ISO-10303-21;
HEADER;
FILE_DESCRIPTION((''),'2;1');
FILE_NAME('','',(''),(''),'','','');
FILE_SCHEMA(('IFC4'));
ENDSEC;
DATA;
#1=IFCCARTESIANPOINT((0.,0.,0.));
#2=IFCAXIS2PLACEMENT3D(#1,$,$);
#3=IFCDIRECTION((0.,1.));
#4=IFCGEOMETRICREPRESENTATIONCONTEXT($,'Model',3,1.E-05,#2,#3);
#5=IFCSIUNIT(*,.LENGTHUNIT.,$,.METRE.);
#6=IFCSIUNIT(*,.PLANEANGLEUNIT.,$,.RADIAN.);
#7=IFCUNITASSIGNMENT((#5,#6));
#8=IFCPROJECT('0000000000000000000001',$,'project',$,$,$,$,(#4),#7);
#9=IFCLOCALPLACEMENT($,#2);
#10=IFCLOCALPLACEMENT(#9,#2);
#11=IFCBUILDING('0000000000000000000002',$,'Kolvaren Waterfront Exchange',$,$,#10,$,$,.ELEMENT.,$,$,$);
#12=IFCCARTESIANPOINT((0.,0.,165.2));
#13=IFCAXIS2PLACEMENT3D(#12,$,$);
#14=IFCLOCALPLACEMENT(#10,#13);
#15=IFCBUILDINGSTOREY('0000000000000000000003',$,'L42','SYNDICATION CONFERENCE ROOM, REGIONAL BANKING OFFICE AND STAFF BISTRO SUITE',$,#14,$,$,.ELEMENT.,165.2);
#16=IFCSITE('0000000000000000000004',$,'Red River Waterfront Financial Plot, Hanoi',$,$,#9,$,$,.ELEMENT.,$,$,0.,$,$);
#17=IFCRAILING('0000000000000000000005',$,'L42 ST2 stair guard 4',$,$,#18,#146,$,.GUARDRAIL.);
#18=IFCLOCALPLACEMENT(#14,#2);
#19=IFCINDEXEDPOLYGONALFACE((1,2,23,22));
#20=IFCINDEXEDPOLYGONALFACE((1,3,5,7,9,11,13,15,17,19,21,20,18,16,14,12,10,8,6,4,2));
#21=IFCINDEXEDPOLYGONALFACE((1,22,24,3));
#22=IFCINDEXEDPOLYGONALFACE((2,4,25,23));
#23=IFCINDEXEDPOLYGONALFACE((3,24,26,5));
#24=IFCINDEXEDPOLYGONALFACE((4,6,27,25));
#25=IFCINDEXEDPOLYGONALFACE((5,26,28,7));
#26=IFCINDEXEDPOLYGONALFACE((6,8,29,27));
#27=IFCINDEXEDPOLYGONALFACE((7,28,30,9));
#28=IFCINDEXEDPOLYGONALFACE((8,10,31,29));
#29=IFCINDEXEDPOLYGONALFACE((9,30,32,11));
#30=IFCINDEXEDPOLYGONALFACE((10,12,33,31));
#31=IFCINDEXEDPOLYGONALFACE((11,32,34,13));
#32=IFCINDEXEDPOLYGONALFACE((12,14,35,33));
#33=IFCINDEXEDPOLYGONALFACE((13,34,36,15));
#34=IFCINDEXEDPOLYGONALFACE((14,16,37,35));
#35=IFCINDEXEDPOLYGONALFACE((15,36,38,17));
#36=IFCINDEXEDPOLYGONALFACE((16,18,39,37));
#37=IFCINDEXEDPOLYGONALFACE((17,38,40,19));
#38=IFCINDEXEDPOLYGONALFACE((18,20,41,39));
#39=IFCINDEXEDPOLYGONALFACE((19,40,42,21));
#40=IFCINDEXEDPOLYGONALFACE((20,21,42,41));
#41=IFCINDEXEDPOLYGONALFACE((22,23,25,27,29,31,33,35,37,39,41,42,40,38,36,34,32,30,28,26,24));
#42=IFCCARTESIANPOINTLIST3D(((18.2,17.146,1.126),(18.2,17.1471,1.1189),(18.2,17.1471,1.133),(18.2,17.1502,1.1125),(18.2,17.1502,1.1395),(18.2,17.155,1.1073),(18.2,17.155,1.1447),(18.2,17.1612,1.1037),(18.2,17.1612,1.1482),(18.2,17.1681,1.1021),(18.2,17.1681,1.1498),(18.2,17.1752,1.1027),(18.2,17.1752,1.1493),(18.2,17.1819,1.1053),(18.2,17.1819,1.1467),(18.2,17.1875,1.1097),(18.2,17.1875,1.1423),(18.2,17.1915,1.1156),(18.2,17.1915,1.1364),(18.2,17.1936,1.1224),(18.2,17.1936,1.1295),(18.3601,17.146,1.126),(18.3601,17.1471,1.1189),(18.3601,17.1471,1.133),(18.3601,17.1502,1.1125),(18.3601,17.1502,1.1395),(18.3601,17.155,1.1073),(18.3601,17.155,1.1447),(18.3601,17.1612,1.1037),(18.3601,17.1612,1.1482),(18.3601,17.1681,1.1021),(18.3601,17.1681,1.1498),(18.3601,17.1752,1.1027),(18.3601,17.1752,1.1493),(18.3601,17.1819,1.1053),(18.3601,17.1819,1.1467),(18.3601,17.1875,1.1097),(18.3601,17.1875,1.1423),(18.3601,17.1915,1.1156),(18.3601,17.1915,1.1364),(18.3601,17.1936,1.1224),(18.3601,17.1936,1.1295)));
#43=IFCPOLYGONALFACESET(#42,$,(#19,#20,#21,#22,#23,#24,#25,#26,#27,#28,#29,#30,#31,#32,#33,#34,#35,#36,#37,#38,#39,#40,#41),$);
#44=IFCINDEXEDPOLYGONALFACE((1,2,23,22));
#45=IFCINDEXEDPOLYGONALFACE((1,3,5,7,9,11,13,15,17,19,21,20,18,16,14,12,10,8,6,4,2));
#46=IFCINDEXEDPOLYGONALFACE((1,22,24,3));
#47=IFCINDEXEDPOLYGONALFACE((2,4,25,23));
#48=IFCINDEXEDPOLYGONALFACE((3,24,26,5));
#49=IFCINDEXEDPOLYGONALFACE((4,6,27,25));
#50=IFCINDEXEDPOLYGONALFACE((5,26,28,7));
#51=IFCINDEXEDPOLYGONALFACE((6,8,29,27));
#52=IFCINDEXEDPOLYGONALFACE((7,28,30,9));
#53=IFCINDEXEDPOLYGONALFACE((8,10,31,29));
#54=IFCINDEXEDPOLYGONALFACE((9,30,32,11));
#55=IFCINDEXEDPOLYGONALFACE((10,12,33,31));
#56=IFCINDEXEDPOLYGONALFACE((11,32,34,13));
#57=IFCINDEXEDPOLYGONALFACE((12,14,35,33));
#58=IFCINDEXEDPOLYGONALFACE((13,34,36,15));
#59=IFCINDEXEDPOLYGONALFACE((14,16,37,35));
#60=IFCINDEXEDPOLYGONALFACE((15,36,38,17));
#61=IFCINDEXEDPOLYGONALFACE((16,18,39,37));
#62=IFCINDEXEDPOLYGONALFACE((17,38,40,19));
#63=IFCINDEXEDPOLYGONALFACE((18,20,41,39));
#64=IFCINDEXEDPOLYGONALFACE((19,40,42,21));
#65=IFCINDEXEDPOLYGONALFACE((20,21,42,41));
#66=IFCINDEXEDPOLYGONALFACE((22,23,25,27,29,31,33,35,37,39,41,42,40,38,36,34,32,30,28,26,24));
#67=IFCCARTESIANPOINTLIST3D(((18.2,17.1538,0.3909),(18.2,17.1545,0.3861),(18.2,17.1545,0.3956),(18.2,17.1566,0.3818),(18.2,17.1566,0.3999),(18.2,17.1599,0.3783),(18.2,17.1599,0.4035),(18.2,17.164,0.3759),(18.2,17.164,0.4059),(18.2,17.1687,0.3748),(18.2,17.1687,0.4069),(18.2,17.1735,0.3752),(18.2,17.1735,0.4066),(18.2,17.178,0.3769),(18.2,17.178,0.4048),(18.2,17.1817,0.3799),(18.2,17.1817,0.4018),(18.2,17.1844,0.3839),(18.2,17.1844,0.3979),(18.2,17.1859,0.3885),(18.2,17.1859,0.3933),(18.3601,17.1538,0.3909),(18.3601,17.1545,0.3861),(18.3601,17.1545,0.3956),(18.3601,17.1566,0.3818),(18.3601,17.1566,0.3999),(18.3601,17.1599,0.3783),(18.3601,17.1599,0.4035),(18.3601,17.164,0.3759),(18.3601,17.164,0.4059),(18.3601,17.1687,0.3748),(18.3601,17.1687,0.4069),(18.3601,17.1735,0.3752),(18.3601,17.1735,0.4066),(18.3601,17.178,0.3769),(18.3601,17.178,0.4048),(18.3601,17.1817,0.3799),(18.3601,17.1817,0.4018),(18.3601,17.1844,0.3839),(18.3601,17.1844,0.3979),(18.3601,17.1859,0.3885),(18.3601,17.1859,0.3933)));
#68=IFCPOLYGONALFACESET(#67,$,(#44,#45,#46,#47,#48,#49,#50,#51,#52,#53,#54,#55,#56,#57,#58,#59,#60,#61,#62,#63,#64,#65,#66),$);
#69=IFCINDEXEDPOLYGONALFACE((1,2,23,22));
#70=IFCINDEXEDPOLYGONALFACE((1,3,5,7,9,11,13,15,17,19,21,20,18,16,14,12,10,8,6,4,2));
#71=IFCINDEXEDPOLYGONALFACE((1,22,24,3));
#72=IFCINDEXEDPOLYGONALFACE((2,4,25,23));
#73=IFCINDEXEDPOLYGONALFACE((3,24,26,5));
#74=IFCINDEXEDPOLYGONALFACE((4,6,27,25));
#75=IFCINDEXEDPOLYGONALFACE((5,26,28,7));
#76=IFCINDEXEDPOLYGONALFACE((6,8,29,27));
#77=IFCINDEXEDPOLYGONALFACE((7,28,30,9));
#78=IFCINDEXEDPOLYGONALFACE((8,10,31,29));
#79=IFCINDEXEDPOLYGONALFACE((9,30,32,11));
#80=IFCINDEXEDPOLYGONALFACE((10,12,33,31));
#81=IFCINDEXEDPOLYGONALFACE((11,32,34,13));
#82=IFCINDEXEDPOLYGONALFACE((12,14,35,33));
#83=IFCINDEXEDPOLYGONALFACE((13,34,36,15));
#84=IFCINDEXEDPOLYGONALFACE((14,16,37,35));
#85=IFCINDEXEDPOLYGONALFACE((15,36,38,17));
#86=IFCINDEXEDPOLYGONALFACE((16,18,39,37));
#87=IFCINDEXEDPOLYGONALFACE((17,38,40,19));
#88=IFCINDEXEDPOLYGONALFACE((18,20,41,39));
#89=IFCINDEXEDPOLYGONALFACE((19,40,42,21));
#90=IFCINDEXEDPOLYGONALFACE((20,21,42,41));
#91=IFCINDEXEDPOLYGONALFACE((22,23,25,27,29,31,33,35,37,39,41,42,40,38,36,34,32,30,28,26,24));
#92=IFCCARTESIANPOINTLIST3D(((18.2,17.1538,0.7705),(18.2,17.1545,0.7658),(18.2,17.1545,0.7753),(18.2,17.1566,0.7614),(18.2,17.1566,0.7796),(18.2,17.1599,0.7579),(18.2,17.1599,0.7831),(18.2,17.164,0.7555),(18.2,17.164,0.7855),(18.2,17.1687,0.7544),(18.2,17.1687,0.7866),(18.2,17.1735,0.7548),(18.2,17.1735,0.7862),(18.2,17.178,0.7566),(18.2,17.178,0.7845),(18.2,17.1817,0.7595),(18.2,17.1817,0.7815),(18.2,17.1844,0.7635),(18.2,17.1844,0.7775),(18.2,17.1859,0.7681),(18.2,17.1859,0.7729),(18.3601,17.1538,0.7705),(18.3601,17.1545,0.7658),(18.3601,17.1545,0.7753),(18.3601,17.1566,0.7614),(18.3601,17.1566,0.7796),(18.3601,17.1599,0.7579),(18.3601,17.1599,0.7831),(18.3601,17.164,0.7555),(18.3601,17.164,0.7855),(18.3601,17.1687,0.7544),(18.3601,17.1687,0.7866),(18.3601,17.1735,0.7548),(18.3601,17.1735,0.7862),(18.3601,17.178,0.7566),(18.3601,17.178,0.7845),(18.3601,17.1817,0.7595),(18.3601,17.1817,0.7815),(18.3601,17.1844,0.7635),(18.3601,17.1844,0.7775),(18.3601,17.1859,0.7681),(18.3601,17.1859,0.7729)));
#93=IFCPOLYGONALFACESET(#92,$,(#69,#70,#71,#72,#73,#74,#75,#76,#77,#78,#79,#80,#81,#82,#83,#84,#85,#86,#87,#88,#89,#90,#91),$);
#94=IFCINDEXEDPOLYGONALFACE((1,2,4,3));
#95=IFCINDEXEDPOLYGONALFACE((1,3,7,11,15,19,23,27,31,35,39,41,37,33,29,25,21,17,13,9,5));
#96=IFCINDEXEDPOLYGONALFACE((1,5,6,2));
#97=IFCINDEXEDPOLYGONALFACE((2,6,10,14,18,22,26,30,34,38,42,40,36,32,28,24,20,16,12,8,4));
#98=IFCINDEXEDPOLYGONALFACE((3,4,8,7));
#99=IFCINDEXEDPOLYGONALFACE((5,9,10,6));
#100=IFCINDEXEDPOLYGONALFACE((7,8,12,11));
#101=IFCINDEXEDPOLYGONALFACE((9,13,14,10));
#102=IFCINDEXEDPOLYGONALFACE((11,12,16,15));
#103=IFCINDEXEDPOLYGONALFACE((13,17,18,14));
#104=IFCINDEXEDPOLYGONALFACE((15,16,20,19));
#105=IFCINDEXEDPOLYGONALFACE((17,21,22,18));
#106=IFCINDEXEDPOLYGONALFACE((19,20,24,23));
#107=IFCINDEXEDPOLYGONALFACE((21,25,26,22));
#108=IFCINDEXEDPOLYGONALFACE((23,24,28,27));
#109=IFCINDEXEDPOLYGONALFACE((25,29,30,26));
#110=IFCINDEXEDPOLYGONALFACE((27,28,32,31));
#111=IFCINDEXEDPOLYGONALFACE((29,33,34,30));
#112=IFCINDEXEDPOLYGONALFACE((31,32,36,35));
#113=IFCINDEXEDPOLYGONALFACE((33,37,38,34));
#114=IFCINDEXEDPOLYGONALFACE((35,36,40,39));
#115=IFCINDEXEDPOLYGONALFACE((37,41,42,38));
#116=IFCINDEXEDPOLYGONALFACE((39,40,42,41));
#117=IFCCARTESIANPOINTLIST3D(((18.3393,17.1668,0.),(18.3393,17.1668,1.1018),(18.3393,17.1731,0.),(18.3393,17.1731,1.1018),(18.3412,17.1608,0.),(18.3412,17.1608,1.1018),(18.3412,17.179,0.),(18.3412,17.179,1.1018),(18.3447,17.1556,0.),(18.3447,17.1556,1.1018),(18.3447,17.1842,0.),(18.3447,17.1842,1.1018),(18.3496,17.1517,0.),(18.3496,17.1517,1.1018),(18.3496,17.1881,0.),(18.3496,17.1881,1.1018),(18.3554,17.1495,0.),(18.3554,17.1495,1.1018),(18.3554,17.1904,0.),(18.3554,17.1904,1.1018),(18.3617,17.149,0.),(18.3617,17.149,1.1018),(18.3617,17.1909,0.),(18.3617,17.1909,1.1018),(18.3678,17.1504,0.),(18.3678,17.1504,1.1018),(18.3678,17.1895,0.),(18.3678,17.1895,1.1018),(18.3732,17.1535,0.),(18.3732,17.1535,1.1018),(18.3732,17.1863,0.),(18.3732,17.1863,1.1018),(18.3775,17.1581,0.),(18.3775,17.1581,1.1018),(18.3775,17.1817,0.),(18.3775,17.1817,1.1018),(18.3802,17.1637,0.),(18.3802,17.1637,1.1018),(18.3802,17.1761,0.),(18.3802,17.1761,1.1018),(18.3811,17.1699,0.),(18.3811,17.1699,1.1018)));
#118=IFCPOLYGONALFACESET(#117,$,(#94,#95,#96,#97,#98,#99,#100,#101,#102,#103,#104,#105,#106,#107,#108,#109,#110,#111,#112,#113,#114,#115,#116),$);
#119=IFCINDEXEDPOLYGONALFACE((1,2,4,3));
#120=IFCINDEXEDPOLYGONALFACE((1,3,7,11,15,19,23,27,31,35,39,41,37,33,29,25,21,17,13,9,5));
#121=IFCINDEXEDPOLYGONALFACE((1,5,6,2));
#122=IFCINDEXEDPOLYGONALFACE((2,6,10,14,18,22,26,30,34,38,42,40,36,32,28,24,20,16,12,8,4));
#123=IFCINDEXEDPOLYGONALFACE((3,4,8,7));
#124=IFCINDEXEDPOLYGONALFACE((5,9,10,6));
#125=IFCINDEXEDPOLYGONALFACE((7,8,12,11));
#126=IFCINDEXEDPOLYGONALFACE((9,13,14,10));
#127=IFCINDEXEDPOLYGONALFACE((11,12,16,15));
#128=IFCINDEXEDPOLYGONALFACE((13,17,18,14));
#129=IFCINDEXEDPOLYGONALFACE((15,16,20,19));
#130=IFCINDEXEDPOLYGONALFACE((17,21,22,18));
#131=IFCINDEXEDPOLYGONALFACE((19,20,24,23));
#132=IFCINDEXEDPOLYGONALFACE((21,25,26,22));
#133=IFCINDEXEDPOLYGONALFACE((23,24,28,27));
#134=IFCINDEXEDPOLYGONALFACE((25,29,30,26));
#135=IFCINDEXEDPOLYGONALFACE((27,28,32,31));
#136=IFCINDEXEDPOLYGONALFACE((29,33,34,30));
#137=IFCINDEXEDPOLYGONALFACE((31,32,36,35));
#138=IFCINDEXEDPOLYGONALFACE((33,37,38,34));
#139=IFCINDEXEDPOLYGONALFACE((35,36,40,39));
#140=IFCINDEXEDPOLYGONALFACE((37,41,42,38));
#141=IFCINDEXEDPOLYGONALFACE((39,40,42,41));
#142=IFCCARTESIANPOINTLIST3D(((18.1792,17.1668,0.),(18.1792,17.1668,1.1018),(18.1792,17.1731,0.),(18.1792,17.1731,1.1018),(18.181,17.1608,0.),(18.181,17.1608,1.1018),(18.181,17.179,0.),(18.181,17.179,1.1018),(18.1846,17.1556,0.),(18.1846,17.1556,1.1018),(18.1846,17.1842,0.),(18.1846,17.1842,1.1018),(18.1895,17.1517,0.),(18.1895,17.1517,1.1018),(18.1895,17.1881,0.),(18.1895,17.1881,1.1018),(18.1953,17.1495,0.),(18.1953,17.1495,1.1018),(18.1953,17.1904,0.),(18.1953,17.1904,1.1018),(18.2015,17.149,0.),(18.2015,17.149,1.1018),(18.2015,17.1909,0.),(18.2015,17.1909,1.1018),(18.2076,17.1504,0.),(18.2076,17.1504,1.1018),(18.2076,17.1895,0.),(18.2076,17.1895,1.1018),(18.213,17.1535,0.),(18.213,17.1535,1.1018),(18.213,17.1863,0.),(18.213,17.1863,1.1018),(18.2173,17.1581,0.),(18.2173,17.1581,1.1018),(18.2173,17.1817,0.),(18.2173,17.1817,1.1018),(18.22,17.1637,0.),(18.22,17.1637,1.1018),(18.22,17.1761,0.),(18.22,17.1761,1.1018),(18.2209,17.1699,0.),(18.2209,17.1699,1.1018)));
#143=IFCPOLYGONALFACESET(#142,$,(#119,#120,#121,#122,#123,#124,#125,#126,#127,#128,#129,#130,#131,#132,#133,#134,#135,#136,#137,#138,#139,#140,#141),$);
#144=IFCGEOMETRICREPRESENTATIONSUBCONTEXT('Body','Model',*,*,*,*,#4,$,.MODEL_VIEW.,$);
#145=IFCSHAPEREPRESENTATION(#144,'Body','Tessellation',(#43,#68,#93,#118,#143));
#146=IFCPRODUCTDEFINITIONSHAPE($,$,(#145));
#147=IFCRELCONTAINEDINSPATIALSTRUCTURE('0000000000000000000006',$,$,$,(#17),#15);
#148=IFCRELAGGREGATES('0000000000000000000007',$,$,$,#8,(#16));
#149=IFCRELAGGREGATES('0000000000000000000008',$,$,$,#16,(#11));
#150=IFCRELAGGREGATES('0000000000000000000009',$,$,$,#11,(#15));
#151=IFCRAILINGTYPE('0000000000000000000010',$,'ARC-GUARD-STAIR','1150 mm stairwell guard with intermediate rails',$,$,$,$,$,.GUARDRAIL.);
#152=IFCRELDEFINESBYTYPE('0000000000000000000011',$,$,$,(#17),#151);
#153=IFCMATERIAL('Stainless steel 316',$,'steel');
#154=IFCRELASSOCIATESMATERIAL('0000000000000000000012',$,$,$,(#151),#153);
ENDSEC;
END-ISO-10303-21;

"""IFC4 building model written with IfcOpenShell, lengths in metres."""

from ifc_helpers import new_model, si_unit, direction, frame, origin, origin_2d, place, context, subcontext, project, spatial, circle, extrude, material, type_object, element, save


model = new_model("IFC4")

# Units and contexts
model_context = context("Model", 3, precision=1e-05, world=origin(), true_north=direction((0.0, 1.0)))
body_context = subcontext(model_context, "Body", "Model", "MODEL_VIEW")
ifc_project = project(units=[si_unit("LENGTHUNIT", "METRE"), si_unit("PLANEANGLEUNIT", "RADIAN")], contexts=[model_context])

# Site, building, storey
site_placement = place(None, origin())
site = spatial("IfcSite", under=ifc_project, at=site_placement, Name="Red River Waterfront Financial Plot, Hanoi", CompositionType="ELEMENT", RefElevation=0.0)
building_placement = place(site_placement, origin())
building = spatial("IfcBuilding", under=site, at=building_placement, Name="Kolvaren Waterfront Exchange", CompositionType="ELEMENT")
storey_placement = place(building_placement, frame((0.0, 0.0, 165.2)))
storey = spatial("IfcBuildingStorey", under=building, at=storey_placement, Name="L42", Description="SYNDICATION CONFERENCE ROOM, REGIONAL BANKING OFFICE AND STAFF BISTRO SUITE", CompositionType="ELEMENT", Elevation=165.2)

# Railing
ifc_material_1 = material(Name="Stainless steel 316", Category="steel")
railing_type_1 = type_object("IfcRailingType", Name="ARC-GUARD-STAIR", Description="1150 mm stairwell guard with intermediate rails", PredefinedType="GUARDRAIL", material=ifc_material_1)
railing_1_placement = place(storey_placement, frame((18.3601, 17.1699, 0.0)))
element("IfcRailing", 1, at=railing_1_placement, inside=storey, type_object=railing_type_1, Name="L42 ST2 stair guard 4", PredefinedType="GUARDRAIL", context=body_context, shape_type="SweptSolid", body=[
    extrude(circle(Radius=0.0239, at=origin_2d()), frame((0.0, 0.0, 1.126), z_axis=(-1.0, 0.0, 0.0), x_axis=(0.0, -1.0, 0.0)), (0.0, 0.0, 1.0), 0.1602),
    extrude(circle(Radius=0.0161, at=origin_2d()), frame((0.0, 0.0, 0.3909), z_axis=(-1.0, 0.0, 0.0), x_axis=(0.0, -1.0, 0.0)), (0.0, 0.0, 1.0), 0.1602),
    extrude(circle(Radius=0.0161, at=origin_2d()), frame((0.0, 0.0, 0.7705), z_axis=(-1.0, 0.0, 0.0), x_axis=(0.0, -1.0, 0.0)), (0.0, 0.0, 1.0), 0.1602),
    extrude(circle(Radius=0.021, at=origin_2d()), origin(), (0.0, 0.0, 1.0), 1.1018),
    extrude(circle(Radius=0.021, at=origin_2d()), frame((-0.1602, 0.0, 0.0)), (0.0, 0.0, 1.0), 1.1018),
])

save(model, "model.ifc")
